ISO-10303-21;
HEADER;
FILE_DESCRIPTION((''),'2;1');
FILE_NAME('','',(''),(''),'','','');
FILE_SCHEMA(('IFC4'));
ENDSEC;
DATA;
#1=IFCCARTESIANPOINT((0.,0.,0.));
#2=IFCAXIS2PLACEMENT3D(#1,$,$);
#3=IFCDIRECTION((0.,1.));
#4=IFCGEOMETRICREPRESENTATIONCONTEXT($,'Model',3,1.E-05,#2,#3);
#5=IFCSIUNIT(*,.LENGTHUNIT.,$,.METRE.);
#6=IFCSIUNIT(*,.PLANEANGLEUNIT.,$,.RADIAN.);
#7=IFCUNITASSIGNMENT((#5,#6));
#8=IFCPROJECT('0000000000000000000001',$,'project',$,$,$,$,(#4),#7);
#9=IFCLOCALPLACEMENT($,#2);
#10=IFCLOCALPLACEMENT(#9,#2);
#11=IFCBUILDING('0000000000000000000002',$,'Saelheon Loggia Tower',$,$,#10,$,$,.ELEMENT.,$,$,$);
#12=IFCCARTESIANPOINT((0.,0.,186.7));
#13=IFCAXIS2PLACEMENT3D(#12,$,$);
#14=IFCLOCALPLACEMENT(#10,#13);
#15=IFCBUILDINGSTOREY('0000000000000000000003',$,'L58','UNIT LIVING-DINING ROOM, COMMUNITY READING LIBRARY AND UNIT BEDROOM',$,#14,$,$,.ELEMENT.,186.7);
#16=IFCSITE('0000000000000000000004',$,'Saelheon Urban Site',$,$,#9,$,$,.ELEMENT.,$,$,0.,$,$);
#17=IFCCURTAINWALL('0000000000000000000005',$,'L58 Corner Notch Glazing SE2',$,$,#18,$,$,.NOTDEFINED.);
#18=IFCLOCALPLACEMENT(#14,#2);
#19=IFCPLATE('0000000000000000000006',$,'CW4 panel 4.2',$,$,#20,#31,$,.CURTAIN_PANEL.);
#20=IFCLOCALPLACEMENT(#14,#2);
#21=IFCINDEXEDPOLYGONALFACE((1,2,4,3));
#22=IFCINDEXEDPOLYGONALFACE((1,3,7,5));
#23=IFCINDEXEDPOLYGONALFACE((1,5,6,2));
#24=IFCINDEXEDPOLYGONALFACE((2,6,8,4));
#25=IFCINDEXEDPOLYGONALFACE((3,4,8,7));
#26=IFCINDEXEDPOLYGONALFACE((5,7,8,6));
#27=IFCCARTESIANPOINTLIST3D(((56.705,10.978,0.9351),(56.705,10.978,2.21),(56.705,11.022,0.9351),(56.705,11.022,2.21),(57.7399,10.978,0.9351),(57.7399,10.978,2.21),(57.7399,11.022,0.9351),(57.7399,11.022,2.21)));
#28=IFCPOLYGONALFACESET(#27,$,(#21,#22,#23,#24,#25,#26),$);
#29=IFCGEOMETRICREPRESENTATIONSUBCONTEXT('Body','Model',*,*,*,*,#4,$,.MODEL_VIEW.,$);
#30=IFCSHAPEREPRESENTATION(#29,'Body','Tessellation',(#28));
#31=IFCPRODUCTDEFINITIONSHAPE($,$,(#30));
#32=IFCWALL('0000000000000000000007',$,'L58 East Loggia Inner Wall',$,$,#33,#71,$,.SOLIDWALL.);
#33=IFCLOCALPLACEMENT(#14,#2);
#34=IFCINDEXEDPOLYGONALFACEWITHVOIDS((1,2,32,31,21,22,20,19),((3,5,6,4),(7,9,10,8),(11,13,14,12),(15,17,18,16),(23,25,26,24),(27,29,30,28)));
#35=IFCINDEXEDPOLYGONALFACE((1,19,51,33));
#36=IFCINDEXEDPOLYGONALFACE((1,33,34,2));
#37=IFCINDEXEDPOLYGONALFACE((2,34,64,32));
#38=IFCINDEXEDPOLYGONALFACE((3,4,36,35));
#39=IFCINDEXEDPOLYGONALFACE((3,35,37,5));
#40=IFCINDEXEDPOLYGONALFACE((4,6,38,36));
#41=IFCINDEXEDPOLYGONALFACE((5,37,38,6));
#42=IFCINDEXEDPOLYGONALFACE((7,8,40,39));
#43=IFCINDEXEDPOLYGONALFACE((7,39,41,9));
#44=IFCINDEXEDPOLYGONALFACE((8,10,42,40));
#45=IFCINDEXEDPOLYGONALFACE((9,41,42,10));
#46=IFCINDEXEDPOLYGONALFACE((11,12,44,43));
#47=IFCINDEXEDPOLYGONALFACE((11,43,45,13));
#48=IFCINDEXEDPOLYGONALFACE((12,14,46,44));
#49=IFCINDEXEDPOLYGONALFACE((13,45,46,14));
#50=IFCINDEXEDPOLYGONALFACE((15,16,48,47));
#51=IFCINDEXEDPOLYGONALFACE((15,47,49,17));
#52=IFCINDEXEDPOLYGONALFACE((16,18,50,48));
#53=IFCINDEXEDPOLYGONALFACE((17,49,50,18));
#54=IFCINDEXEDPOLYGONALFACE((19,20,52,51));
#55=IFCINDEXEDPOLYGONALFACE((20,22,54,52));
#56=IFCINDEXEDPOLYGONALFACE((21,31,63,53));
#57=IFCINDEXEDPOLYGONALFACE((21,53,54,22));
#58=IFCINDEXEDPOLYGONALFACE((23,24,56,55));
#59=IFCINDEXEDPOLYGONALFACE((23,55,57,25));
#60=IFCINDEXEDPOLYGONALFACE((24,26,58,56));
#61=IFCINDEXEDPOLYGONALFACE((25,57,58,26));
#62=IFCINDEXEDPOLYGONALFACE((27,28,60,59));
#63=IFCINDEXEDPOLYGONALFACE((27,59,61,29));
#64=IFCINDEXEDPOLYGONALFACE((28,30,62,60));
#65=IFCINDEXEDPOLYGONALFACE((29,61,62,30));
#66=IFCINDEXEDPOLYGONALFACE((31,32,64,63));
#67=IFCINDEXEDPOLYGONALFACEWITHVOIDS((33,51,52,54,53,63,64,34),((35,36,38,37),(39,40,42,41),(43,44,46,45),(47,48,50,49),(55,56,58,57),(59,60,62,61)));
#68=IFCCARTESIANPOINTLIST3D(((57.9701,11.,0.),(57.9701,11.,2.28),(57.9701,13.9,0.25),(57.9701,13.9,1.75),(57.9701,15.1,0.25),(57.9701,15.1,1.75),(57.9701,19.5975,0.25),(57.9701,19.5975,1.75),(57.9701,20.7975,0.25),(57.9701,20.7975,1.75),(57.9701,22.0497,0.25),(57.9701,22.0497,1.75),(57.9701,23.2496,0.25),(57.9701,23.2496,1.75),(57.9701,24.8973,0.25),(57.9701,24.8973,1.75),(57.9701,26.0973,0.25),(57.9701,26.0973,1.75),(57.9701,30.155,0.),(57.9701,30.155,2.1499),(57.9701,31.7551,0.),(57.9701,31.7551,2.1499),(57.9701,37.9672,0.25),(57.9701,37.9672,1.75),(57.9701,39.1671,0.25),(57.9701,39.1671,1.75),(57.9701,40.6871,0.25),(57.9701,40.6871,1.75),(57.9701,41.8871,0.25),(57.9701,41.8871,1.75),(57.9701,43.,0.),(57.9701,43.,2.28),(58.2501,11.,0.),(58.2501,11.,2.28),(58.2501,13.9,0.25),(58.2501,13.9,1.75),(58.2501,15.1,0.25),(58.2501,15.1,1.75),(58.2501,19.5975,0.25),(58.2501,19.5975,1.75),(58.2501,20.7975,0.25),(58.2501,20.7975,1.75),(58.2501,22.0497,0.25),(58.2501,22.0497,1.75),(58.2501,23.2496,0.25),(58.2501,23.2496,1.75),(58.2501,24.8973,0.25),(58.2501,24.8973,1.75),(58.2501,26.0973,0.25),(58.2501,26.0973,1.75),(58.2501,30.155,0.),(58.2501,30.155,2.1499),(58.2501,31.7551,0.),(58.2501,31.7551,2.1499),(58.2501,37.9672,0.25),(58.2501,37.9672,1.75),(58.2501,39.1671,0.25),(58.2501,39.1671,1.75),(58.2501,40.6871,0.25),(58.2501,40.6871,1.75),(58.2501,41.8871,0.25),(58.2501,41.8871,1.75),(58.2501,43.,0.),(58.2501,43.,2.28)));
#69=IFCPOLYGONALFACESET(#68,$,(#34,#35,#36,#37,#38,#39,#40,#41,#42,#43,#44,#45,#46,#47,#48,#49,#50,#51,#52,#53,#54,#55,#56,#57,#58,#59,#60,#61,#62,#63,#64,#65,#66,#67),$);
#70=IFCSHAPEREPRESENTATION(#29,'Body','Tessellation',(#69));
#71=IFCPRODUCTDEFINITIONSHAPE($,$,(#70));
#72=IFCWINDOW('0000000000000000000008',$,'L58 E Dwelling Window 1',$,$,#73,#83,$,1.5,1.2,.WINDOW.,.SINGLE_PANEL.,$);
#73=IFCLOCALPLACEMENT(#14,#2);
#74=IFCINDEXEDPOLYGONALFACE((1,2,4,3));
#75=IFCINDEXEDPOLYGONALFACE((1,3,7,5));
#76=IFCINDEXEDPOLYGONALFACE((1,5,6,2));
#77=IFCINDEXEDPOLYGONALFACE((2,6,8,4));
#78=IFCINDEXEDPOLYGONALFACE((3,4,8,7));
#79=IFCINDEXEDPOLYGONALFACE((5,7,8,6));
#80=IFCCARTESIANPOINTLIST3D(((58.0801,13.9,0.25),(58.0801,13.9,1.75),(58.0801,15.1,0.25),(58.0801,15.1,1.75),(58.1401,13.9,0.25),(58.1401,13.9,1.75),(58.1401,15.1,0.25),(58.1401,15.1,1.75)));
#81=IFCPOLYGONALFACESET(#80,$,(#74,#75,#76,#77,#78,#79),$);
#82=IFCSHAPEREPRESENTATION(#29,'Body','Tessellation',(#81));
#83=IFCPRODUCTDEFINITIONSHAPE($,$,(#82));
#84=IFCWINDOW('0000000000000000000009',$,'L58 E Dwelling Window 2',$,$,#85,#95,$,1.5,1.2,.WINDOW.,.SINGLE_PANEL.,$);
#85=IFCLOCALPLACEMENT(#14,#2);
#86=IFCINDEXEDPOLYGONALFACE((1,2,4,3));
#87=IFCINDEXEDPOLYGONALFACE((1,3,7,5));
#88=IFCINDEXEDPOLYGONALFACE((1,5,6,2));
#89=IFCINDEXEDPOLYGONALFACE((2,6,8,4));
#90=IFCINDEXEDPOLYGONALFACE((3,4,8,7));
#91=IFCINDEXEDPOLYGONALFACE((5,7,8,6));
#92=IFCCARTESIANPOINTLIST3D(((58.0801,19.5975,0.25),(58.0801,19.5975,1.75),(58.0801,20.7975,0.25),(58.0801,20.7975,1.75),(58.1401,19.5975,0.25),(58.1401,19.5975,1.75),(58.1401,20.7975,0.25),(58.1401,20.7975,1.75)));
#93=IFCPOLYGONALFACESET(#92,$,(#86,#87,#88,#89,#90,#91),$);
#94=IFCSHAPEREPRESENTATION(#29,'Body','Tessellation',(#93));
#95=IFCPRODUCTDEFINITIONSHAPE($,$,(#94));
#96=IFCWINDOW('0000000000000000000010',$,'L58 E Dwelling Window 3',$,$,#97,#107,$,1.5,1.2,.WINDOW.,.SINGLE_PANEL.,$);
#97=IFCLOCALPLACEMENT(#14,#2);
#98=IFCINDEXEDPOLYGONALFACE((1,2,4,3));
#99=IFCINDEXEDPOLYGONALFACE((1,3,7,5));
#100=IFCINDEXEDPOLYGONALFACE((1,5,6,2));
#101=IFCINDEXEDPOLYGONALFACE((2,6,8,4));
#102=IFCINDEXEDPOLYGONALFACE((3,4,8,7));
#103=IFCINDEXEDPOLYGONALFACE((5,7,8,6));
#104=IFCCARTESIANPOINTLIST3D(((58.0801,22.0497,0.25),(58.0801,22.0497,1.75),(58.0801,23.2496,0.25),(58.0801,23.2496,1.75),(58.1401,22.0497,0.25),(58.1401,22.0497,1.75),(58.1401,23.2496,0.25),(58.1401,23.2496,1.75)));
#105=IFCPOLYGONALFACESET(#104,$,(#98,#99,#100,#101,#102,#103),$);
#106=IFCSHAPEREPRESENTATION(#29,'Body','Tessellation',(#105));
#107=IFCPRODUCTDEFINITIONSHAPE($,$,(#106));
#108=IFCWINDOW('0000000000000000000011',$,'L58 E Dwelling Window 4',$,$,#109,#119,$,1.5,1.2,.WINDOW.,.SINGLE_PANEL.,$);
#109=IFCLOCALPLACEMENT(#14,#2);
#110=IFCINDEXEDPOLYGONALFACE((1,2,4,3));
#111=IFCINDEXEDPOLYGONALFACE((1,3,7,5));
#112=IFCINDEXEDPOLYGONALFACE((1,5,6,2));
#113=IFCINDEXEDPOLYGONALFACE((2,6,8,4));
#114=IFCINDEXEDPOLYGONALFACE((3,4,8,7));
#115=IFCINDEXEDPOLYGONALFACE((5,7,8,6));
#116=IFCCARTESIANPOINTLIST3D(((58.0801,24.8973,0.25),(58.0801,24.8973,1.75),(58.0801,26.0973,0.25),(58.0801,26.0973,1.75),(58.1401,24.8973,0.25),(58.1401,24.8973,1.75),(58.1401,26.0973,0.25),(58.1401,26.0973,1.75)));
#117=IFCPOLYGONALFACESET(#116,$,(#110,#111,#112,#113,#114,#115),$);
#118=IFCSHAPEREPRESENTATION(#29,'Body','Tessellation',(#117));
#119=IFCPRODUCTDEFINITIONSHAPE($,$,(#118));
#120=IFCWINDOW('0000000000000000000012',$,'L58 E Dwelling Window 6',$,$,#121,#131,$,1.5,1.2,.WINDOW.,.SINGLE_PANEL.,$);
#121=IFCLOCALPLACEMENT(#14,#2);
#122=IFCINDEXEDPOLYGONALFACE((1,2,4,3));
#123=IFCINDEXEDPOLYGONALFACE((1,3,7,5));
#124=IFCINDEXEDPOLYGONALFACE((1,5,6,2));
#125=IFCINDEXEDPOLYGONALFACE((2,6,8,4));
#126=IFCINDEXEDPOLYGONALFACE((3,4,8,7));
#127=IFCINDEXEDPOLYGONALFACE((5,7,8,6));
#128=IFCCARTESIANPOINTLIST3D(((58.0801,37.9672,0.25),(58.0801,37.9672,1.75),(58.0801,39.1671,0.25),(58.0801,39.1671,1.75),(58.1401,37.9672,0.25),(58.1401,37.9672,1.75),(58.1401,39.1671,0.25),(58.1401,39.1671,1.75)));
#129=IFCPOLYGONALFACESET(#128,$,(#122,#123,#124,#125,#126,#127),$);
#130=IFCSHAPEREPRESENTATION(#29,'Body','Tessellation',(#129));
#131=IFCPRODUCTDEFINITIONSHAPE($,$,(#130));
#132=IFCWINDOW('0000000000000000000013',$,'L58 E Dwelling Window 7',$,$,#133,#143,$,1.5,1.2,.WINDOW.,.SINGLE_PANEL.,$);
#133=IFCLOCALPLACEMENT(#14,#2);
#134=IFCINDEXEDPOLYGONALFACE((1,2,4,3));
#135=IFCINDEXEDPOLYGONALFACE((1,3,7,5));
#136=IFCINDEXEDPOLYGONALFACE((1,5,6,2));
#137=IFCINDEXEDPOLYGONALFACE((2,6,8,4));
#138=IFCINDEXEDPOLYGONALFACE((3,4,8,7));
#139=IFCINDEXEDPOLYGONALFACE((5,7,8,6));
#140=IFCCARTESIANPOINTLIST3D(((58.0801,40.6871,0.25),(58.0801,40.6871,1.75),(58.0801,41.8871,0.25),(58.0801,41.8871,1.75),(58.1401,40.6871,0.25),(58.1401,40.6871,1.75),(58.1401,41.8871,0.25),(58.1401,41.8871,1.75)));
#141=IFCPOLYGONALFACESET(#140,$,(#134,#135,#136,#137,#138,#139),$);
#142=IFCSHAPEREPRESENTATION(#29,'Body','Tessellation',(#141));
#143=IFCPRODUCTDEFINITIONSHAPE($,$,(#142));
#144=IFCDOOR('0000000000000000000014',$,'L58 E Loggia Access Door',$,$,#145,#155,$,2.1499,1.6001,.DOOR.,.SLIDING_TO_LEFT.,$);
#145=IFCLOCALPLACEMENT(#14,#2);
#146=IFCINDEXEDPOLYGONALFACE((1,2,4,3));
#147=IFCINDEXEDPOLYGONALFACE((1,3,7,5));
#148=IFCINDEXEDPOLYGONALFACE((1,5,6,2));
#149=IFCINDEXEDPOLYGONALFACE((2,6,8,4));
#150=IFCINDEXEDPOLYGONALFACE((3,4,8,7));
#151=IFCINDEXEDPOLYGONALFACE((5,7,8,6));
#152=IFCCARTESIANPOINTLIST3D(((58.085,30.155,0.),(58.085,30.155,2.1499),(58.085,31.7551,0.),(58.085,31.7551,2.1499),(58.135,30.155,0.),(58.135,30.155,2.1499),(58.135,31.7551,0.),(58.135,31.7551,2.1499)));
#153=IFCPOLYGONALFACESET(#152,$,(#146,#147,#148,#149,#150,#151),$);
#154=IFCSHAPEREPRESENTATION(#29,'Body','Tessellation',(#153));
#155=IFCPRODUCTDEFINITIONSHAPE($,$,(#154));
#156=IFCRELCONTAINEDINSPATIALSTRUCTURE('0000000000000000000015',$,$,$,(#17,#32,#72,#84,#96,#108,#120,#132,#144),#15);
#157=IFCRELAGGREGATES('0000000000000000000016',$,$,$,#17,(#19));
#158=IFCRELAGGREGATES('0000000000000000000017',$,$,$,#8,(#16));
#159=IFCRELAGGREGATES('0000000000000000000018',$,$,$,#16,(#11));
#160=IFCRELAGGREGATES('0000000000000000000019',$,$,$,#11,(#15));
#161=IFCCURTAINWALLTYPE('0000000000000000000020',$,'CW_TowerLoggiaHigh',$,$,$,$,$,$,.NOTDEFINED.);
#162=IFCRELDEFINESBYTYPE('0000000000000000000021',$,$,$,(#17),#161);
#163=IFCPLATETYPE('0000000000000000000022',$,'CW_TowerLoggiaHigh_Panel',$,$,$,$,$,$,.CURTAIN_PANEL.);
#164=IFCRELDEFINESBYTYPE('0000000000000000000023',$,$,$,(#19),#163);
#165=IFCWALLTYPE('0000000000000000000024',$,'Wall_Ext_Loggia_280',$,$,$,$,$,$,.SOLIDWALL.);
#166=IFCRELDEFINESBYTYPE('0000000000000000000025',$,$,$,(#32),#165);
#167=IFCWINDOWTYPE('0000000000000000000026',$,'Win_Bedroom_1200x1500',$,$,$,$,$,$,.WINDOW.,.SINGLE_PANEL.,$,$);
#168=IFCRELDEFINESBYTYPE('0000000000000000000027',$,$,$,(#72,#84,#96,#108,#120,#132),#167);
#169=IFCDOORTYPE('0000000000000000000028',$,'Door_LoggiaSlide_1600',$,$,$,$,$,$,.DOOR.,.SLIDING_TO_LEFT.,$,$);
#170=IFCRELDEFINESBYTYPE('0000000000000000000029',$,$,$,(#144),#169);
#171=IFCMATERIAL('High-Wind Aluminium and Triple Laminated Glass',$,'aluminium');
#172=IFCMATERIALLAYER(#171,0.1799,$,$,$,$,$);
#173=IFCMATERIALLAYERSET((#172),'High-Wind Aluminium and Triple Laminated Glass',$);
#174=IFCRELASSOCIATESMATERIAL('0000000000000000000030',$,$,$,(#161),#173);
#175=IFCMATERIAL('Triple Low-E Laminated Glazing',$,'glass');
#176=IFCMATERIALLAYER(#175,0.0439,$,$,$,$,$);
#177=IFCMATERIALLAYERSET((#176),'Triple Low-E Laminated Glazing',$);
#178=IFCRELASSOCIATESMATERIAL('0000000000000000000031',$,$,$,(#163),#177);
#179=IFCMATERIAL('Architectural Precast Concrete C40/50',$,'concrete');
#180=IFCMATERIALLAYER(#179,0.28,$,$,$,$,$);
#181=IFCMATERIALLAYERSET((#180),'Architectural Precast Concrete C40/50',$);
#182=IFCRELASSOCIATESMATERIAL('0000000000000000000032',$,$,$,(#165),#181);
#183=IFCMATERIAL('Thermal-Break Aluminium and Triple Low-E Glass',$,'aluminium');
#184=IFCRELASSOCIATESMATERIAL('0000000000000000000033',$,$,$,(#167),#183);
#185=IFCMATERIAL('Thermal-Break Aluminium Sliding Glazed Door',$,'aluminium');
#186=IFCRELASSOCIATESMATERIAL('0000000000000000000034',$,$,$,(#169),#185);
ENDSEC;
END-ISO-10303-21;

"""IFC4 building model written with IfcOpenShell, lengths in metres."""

from ifc_helpers import new_model, si_unit, direction, frame, frame_2d, origin, origin_2d, place, context, subcontext, project, spatial, rectangle, extrude, source, transform, mapped, material, layer, layer_set, type_object, element, fill, aggregate, save


model = new_model("IFC4")

# Units and contexts
model_context = context("Model", 3, precision=1e-05, world=origin(), true_north=direction((0.0, 1.0)))
body_context = subcontext(model_context, "Body", "Model", "MODEL_VIEW")
ifc_project = project(units=[si_unit("LENGTHUNIT", "METRE"), si_unit("PLANEANGLEUNIT", "RADIAN")], contexts=[model_context])

# Site, building, storey
site_placement = place(None, origin())
site = spatial("IfcSite", under=ifc_project, at=site_placement, Name="Saelheon Urban Site", CompositionType="ELEMENT", RefElevation=0.0)
building_placement = place(site_placement, origin())
building = spatial("IfcBuilding", under=site, at=building_placement, Name="Saelheon Loggia Tower", CompositionType="ELEMENT")
storey_placement = place(building_placement, frame((0.0, 0.0, 186.7)))
storey = spatial("IfcBuildingStorey", under=building, at=storey_placement, Name="L58", Description="UNIT LIVING-DINING ROOM, COMMUNITY READING LIBRARY AND UNIT BEDROOM", CompositionType="ELEMENT", Elevation=186.7)

# Curtain wall, plate
ifc_material_1 = material(Name="High-Wind Aluminium and Triple Laminated Glass", Category="aluminium")
ifc_layer_1 = layer(ifc_material_1, 0.1799)
ifc_layer_set_1 = layer_set([ifc_layer_1], Name="High-Wind Aluminium and Triple Laminated Glass")
curtain_wall_type = type_object("IfcCurtainWallType", Name="CW_TowerLoggiaHigh", PredefinedType="NOTDEFINED", material=ifc_layer_set_1)
curtain_wall_placement = place(storey_placement, origin())
curtain_wall = element("IfcCurtainWall", 1, at=curtain_wall_placement, inside=storey, type_object=curtain_wall_type, Name="L58 Corner Notch Glazing SE2", PredefinedType="NOTDEFINED")
ifc_material_2 = material(Name="Triple Low-E Laminated Glazing", Category="glass")
ifc_layer_2 = layer(ifc_material_2, 0.0439)
ifc_layer_set_2 = layer_set([ifc_layer_2], Name="Triple Low-E Laminated Glazing")
plate_type = type_object("IfcPlateType", Name="CW_TowerLoggiaHigh_Panel", PredefinedType="CURTAIN_PANEL", material=ifc_layer_set_2)
shared_shape_1 = source(origin(), body_context, "Body", "SweptSolid", [
    extrude(rectangle(XDim=1.0349, YDim=0.0439, at=origin_2d()), origin(), (0.0, 0.0, 1.0), 1.2749),
])
plate_1_placement = place(storey_placement, frame((57.2224, 11.0, 0.9351), z_axis=(0.0, 0.0, 1.0), x_axis=(1.0, 0.0, 0.0)))
plate_1 = element("IfcPlate", 2, at=plate_1_placement, type_object=plate_type, Name="CW4 panel 4.2", PredefinedType="CURTAIN_PANEL", context=body_context, shape_type="MappedRepresentation", body=[
    mapped(shared_shape_1, transform((0.0, 0.0, 0.0), scale=1.0)),
])
aggregate(curtain_wall, [plate_1])

# Wall, openings, windows, door
ifc_material_3 = material(Name="Architectural Precast Concrete C40/50", Category="concrete")
ifc_layer_3 = layer(ifc_material_3, 0.28)
ifc_layer_set_3 = layer_set([ifc_layer_3], Name="Architectural Precast Concrete C40/50")
wall_type = type_object("IfcWallType", Name="Wall_Ext_Loggia_280", PredefinedType="SOLIDWALL", material=ifc_layer_set_3)
wall_placement = place(storey_placement, frame((58.1101, 11.0, 0.0), z_axis=(0.0, 0.0, 1.0), x_axis=(0.0, 1.0, 0.0)))
wall = element("IfcWall", 3, at=wall_placement, inside=storey, type_object=wall_type, Name="L58 East Loggia Inner Wall", PredefinedType="SOLIDWALL", context=body_context, shape_type="SweptSolid", body=[
    extrude(rectangle(XDim=32.0, YDim=0.28, at=frame_2d((16.0, 0.0))), origin(), (0.0, 0.0, 1.0), 2.28),
])
opening_1_placement = place(wall_placement, frame((2.8999, 0.0, 0.25)))
opening_1 = element("IfcOpeningElement", 4, at=opening_1_placement, cuts=wall, PredefinedType="OPENING", context=body_context, shape_type="SweptSolid", body=[
    extrude(rectangle(XDim=1.2, YDim=1.5, at=frame_2d((0.6001, 0.75))), frame((0.0, 0.1521, 0.0), z_axis=(0.0, -1.0, 0.0), x_axis=(1.0, 0.0, 0.0)), (0.0, 0.0, 1.0), 0.304),
])
opening_2_placement = place(wall_placement, frame((8.5974, 0.0, 0.25)))
opening_2 = element("IfcOpeningElement", 5, at=opening_2_placement, cuts=wall, PredefinedType="OPENING", context=body_context, shape_type="SweptSolid", body=[
    extrude(rectangle(XDim=1.2, YDim=1.5, at=frame_2d((0.6001, 0.75))), frame((0.0, 0.1521, 0.0), z_axis=(0.0, -1.0, 0.0), x_axis=(1.0, 0.0, 0.0)), (0.0, 0.0, 1.0), 0.304),
])
opening_3_placement = place(wall_placement, frame((11.0496, 0.0, 0.25)))
opening_3 = element("IfcOpeningElement", 6, at=opening_3_placement, cuts=wall, PredefinedType="OPENING", context=body_context, shape_type="SweptSolid", body=[
    extrude(rectangle(XDim=1.2, YDim=1.5, at=frame_2d((0.6001, 0.75))), frame((0.0, 0.1521, 0.0), z_axis=(0.0, -1.0, 0.0), x_axis=(1.0, 0.0, 0.0)), (0.0, 0.0, 1.0), 0.304),
])
opening_4_placement = place(wall_placement, frame((13.8972, 0.0, 0.25)))
opening_4 = element("IfcOpeningElement", 7, at=opening_4_placement, cuts=wall, PredefinedType="OPENING", context=body_context, shape_type="SweptSolid", body=[
    extrude(rectangle(XDim=1.2, YDim=1.5, at=frame_2d((0.6001, 0.75))), frame((0.0, 0.1521, 0.0), z_axis=(0.0, -1.0, 0.0), x_axis=(1.0, 0.0, 0.0)), (0.0, 0.0, 1.0), 0.304),
])
opening_5_placement = place(wall_placement, frame((20.7551, 0.0, 0.0), z_axis=(0.0, 0.0, 1.0), x_axis=(-1.0, 0.0, 0.0)))
opening_5 = element("IfcOpeningElement", 8, at=opening_5_placement, cuts=wall, PredefinedType="OPENING", context=body_context, shape_type="SweptSolid", body=[
    extrude(rectangle(XDim=1.6001, YDim=2.1499, at=frame_2d((0.8, 1.075))), frame((0.0, 0.1521, 0.0), z_axis=(0.0, -1.0, 0.0), x_axis=(1.0, 0.0, 0.0)), (0.0, 0.0, 1.0), 0.304),
])
opening_6_placement = place(wall_placement, frame((26.967, 0.0, 0.25)))
opening_6 = element("IfcOpeningElement", 9, at=opening_6_placement, cuts=wall, PredefinedType="OPENING", context=body_context, shape_type="SweptSolid", body=[
    extrude(rectangle(XDim=1.2, YDim=1.5, at=frame_2d((0.6001, 0.75))), frame((0.0, 0.1521, 0.0), z_axis=(0.0, -1.0, 0.0), x_axis=(1.0, 0.0, 0.0)), (0.0, 0.0, 1.0), 0.304),
])
opening_7_placement = place(wall_placement, frame((29.687, 0.0, 0.25)))
opening_7 = element("IfcOpeningElement", 10, at=opening_7_placement, cuts=wall, PredefinedType="OPENING", context=body_context, shape_type="SweptSolid", body=[
    extrude(rectangle(XDim=1.2, YDim=1.5, at=frame_2d((0.6001, 0.75))), frame((0.0, 0.1521, 0.0), z_axis=(0.0, -1.0, 0.0), x_axis=(1.0, 0.0, 0.0)), (0.0, 0.0, 1.0), 0.304),
])
ifc_material_4 = material(Name="Thermal-Break Aluminium and Triple Low-E Glass", Category="aluminium")
window_type = type_object("IfcWindowType", Name="Win_Bedroom_1200x1500", PartitioningType="SINGLE_PANEL", PredefinedType="WINDOW", material=ifc_material_4)
shared_shape_2 = source(origin(), body_context, "Body", "SweptSolid", [
    extrude(rectangle(XDim=1.2, YDim=1.5, at=frame_2d((0.6001, 0.75))), frame((0.0, 0.03, 0.0), z_axis=(0.0, -1.0, 0.0), x_axis=(1.0, 0.0, 0.0)), (0.0, 0.0, 1.0), 0.0601),
])
window_1_placement = place(opening_1_placement, origin())
window_1 = element("IfcWindow", 11, at=window_1_placement, inside=storey, type_object=window_type, Name="L58 E Dwelling Window 1", OverallHeight=1.5, OverallWidth=1.2, PartitioningType="SINGLE_PANEL", PredefinedType="WINDOW", context=body_context, shape_type="MappedRepresentation", body=[
    mapped(shared_shape_2, transform((0.0, 0.0, 0.0), scale=1.0)),
])
fill(opening_1, window_1)
window_2_placement = place(opening_2_placement, origin())
window_2 = element("IfcWindow", 12, at=window_2_placement, inside=storey, type_object=window_type, Name="L58 E Dwelling Window 2", OverallHeight=1.5, OverallWidth=1.2, PartitioningType="SINGLE_PANEL", PredefinedType="WINDOW", context=body_context, shape_type="MappedRepresentation", body=[
    mapped(shared_shape_2, transform((0.0, 0.0, 0.0), scale=1.0)),
])
fill(opening_2, window_2)
window_3_placement = place(opening_3_placement, origin())
window_3 = element("IfcWindow", 13, at=window_3_placement, inside=storey, type_object=window_type, Name="L58 E Dwelling Window 3", OverallHeight=1.5, OverallWidth=1.2, PartitioningType="SINGLE_PANEL", PredefinedType="WINDOW", context=body_context, shape_type="MappedRepresentation", body=[
    mapped(shared_shape_2, transform((0.0, 0.0, 0.0), scale=1.0)),
])
fill(opening_3, window_3)
window_4_placement = place(opening_4_placement, origin())
window_4 = element("IfcWindow", 14, at=window_4_placement, inside=storey, type_object=window_type, Name="L58 E Dwelling Window 4", OverallHeight=1.5, OverallWidth=1.2, PartitioningType="SINGLE_PANEL", PredefinedType="WINDOW", context=body_context, shape_type="MappedRepresentation", body=[
    mapped(shared_shape_2, transform((0.0, 0.0, 0.0), scale=1.0)),
])
fill(opening_4, window_4)
window_5_placement = place(opening_6_placement, origin())
window_5 = element("IfcWindow", 15, at=window_5_placement, inside=storey, type_object=window_type, Name="L58 E Dwelling Window 6", OverallHeight=1.5, OverallWidth=1.2, PartitioningType="SINGLE_PANEL", PredefinedType="WINDOW", context=body_context, shape_type="MappedRepresentation", body=[
    mapped(shared_shape_2, transform((0.0, 0.0, 0.0), scale=1.0)),
])
fill(opening_6, window_5)
window_6_placement = place(opening_7_placement, origin())
window_6 = element("IfcWindow", 16, at=window_6_placement, inside=storey, type_object=window_type, Name="L58 E Dwelling Window 7", OverallHeight=1.5, OverallWidth=1.2, PartitioningType="SINGLE_PANEL", PredefinedType="WINDOW", context=body_context, shape_type="MappedRepresentation", body=[
    mapped(shared_shape_2, transform((0.0, 0.0, 0.0), scale=1.0)),
])
fill(opening_7, window_6)
ifc_material_5 = material(Name="Thermal-Break Aluminium Sliding Glazed Door", Category="aluminium")
door_type = type_object("IfcDoorType", Name="Door_LoggiaSlide_1600", OperationType="SLIDING_TO_LEFT", PredefinedType="DOOR", material=ifc_material_5)
shared_shape_3 = source(origin(), body_context, "Body", "SweptSolid", [
    extrude(rectangle(XDim=1.6001, YDim=2.1499, at=frame_2d((0.8, 1.075))), frame((0.0, 0.0249, 0.0), z_axis=(0.0, -1.0, 0.0), x_axis=(1.0, 0.0, 0.0)), (0.0, 0.0, 1.0), 0.05),
])
door_placement = place(opening_5_placement, origin())
door = element("IfcDoor", 17, at=door_placement, inside=storey, type_object=door_type, Name="L58 E Loggia Access Door", OperationType="SLIDING_TO_LEFT", OverallHeight=2.1499, OverallWidth=1.6001, PredefinedType="DOOR", context=body_context, shape_type="MappedRepresentation", body=[
    mapped(shared_shape_3, transform((0.0, 0.0, 0.0), scale=1.0)),
])
fill(opening_5, door)

save(model, "model.ifc")
